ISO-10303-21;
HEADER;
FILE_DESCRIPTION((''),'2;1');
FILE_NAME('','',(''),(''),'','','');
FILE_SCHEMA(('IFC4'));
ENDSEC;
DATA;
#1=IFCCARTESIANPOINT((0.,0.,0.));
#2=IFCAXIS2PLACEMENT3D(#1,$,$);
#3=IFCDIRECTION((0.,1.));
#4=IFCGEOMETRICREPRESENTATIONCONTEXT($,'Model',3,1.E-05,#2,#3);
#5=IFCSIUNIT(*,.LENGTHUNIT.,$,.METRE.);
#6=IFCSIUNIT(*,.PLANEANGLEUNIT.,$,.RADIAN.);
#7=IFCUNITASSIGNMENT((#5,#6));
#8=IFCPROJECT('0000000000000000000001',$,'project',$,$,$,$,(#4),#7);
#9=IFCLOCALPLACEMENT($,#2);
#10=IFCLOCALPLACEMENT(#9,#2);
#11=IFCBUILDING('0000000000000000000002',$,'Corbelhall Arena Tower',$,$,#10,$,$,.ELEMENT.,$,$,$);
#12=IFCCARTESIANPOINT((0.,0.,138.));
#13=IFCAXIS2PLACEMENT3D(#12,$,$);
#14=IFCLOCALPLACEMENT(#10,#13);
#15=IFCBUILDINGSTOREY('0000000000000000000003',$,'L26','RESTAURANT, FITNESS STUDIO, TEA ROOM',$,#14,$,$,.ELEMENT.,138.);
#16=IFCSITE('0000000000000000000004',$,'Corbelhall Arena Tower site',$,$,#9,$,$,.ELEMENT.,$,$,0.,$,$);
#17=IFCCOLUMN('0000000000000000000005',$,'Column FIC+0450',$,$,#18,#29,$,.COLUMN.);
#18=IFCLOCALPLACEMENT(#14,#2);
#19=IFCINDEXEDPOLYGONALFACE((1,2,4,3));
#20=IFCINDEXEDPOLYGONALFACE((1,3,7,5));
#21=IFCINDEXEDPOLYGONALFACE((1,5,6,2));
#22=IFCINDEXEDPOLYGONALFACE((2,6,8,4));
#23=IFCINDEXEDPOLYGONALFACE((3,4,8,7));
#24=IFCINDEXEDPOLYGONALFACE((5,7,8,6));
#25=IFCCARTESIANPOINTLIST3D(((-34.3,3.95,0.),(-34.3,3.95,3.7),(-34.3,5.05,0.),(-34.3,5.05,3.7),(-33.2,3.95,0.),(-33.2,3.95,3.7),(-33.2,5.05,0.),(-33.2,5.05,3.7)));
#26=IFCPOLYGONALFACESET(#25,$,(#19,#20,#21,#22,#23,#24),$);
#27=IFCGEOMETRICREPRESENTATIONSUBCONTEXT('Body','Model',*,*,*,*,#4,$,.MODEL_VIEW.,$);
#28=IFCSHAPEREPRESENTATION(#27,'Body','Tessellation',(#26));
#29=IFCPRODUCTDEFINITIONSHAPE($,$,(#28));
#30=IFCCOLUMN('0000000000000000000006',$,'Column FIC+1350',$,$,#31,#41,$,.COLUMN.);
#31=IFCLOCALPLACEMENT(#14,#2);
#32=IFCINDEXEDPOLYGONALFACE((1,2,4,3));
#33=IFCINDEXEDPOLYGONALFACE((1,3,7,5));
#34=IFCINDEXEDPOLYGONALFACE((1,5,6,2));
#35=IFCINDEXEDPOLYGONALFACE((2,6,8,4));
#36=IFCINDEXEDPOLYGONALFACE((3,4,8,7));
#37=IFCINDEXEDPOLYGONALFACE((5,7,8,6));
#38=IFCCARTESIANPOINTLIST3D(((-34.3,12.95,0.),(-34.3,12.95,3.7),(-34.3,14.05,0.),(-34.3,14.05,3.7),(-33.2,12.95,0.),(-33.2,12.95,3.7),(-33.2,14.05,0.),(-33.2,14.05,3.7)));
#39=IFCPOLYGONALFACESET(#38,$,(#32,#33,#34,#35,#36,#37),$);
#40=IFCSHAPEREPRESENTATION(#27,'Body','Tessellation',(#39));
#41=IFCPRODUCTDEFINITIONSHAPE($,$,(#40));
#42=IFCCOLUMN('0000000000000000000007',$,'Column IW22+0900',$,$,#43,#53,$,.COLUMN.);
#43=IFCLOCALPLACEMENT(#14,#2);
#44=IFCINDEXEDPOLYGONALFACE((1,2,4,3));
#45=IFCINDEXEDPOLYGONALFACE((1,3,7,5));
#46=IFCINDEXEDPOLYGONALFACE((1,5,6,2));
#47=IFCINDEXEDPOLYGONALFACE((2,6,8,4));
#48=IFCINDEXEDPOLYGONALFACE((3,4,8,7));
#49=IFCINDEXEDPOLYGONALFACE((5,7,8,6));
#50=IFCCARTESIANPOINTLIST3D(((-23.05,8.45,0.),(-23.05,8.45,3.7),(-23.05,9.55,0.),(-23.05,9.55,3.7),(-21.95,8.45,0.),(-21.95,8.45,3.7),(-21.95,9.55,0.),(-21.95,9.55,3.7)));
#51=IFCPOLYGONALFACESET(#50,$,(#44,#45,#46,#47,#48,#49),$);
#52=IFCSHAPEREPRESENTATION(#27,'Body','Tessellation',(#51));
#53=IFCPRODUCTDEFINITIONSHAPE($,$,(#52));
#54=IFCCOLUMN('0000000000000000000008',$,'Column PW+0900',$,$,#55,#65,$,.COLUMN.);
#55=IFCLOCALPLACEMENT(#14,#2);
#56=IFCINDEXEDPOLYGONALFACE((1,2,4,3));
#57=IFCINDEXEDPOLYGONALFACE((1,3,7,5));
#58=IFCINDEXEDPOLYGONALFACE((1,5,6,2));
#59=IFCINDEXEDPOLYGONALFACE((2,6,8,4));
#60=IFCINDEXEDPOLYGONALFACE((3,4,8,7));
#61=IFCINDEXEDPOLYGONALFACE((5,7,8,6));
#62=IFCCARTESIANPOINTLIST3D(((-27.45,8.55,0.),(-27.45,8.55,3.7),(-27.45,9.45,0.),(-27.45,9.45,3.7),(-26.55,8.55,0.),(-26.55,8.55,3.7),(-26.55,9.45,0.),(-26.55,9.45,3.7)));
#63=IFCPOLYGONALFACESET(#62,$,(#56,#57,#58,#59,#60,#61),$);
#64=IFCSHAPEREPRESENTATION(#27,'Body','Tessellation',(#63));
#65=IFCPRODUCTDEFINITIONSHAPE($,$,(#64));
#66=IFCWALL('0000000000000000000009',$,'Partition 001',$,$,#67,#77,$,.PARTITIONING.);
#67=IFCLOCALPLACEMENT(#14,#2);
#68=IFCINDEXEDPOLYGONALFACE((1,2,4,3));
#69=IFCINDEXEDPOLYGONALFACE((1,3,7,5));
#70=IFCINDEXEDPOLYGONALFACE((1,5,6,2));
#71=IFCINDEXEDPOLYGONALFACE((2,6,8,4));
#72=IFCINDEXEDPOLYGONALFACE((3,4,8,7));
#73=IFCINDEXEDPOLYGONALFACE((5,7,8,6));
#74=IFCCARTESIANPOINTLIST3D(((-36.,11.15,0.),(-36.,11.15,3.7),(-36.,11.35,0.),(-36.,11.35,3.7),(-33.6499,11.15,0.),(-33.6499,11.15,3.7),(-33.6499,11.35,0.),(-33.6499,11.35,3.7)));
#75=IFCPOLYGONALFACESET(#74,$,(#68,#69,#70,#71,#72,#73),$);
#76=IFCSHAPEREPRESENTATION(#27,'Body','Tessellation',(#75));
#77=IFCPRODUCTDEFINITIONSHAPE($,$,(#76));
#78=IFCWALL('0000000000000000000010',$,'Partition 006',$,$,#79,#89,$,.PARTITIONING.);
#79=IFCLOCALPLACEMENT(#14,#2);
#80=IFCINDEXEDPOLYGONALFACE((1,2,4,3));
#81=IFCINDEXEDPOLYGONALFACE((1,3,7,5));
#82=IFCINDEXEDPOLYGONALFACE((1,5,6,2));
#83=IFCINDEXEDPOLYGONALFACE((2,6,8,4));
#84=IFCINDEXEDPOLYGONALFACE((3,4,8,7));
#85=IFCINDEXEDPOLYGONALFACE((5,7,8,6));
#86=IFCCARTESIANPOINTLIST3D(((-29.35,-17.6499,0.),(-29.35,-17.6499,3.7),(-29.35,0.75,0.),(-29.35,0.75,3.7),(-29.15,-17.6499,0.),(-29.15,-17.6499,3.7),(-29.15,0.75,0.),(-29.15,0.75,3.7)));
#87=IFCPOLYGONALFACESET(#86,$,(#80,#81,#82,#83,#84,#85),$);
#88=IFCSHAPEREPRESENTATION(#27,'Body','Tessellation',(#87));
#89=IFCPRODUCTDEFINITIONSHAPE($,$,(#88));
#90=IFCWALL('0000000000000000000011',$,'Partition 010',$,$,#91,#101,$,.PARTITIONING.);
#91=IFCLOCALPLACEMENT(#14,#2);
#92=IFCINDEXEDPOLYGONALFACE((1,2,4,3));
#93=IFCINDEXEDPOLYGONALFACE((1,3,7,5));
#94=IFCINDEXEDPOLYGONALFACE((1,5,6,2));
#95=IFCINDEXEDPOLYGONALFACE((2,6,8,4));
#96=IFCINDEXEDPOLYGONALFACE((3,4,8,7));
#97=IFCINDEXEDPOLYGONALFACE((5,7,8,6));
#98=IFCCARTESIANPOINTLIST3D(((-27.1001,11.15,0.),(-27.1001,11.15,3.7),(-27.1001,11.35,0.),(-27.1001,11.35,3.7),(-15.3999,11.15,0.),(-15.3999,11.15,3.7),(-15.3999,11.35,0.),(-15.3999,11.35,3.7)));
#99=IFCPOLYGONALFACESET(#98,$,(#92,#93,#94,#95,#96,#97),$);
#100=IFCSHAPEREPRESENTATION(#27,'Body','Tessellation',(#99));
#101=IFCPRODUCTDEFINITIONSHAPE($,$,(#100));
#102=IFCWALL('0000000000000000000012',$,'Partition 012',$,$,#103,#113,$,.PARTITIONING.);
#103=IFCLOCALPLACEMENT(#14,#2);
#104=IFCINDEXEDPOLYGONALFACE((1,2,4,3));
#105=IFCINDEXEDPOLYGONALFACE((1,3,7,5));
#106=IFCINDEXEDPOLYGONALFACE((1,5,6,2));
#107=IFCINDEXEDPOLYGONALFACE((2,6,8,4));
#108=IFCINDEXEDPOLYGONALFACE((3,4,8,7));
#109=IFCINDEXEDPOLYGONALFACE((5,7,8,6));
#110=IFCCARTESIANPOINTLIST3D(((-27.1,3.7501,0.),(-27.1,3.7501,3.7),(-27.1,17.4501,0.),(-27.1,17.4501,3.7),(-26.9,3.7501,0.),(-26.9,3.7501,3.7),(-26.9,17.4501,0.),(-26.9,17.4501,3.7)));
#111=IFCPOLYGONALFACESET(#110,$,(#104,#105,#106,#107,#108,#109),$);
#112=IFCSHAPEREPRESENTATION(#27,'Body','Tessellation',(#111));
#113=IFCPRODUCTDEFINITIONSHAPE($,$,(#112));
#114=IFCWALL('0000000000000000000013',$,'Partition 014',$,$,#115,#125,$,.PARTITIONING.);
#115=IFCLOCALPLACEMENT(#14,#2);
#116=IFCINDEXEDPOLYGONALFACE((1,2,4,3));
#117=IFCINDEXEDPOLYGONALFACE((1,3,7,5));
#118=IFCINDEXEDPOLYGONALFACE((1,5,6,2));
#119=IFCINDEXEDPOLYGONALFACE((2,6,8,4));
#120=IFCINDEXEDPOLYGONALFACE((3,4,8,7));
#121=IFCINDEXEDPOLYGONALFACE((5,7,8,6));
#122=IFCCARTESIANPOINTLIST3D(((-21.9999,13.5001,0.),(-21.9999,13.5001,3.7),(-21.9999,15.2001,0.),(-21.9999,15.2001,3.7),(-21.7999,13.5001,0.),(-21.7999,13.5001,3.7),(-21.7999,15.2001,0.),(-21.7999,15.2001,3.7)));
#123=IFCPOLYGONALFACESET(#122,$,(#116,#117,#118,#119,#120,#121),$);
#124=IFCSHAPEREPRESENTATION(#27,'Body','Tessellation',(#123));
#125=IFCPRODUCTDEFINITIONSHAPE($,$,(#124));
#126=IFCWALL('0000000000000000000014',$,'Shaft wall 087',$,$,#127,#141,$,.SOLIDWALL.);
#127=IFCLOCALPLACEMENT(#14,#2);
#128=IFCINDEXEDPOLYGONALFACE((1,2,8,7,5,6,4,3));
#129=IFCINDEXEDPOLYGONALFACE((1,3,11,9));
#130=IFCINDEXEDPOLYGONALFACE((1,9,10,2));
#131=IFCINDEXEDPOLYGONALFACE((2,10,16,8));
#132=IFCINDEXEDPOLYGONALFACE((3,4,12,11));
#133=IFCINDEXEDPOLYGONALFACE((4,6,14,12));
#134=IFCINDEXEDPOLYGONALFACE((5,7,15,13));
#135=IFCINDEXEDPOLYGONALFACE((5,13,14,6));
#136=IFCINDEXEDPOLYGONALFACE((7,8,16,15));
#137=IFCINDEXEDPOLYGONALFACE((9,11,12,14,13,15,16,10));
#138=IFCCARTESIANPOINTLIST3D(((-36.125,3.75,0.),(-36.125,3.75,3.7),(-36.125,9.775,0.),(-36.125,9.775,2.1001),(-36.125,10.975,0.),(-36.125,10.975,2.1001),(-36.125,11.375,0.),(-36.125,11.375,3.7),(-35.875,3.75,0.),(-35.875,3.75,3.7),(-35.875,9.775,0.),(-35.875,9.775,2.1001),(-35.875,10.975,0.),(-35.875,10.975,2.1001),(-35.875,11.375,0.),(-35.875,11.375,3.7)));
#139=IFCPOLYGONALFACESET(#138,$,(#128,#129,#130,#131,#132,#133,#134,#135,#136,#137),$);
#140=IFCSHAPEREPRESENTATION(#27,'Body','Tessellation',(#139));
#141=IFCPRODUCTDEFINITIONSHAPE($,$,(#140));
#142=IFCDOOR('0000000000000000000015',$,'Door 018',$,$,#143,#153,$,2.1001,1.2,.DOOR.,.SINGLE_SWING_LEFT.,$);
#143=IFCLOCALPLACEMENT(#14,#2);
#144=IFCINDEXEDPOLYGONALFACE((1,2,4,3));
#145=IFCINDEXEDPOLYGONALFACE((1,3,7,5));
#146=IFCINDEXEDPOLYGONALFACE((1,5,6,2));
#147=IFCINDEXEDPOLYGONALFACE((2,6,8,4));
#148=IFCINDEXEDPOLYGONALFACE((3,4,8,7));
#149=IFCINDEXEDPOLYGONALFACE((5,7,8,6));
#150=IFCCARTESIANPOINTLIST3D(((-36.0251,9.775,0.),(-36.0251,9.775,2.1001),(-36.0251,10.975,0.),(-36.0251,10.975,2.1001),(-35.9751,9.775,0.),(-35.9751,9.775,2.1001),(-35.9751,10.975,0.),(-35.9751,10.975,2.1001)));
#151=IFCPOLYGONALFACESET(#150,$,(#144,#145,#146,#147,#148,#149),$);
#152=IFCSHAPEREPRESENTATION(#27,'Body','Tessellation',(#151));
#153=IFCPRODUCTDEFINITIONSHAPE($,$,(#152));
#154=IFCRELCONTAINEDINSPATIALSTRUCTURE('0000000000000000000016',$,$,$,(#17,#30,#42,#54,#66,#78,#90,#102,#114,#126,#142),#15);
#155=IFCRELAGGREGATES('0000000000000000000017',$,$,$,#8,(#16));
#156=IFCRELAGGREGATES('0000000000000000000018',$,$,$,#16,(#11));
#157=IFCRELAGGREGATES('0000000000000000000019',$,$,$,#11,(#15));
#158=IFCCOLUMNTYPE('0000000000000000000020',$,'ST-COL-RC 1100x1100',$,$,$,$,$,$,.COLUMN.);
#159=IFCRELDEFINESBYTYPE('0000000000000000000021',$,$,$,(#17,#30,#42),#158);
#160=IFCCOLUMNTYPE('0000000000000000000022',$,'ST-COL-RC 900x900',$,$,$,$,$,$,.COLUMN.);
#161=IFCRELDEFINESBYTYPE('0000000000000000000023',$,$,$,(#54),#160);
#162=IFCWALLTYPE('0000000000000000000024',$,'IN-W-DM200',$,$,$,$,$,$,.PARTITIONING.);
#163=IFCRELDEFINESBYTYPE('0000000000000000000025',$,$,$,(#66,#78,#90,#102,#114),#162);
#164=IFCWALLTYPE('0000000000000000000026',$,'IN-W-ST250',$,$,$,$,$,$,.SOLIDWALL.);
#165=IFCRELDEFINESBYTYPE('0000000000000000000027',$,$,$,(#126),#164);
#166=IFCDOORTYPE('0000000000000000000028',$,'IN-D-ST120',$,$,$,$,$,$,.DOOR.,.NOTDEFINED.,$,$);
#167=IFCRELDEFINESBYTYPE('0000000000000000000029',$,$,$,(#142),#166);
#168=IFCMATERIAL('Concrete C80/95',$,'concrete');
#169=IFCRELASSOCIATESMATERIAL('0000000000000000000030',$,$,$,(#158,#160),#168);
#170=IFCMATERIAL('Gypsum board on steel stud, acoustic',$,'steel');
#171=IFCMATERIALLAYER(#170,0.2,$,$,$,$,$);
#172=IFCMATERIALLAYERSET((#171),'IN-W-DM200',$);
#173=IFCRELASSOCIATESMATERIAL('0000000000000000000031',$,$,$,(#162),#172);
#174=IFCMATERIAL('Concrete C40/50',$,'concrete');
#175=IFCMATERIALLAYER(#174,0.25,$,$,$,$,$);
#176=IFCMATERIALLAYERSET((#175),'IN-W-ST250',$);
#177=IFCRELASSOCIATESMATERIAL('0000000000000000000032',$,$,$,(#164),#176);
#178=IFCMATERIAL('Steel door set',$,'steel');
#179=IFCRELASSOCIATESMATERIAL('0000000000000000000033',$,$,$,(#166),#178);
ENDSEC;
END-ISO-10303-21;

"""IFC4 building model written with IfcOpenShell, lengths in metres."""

from ifc_helpers import new_model, si_unit, direction, frame, frame_2d, origin, origin_2d, place, context, subcontext, project, spatial, rectangle, extrude, material, layer, layer_set, material_profile, profile_set, type_object, element, fill, save


model = new_model("IFC4")

# Units and contexts
model_context = context("Model", 3, precision=1e-05, world=origin(), true_north=direction((0.0, 1.0)))
body_context = subcontext(model_context, "Body", "Model", "MODEL_VIEW")
ifc_project = project(units=[si_unit("LENGTHUNIT", "METRE"), si_unit("PLANEANGLEUNIT", "RADIAN")], contexts=[model_context])

# Site, building, storey
site_placement = place(None, origin())
site = spatial("IfcSite", under=ifc_project, at=site_placement, Name="Corbelhall Arena Tower site", CompositionType="ELEMENT", RefElevation=0.0)
building_placement = place(site_placement, origin())
building = spatial("IfcBuilding", under=site, at=building_placement, Name="Corbelhall Arena Tower", CompositionType="ELEMENT")
storey_placement = place(building_placement, frame((0.0, 0.0, 138.0)))
storey = spatial("IfcBuildingStorey", under=building, at=storey_placement, Name="L26", Description="RESTAURANT, FITNESS STUDIO, TEA ROOM", CompositionType="ELEMENT", Elevation=138.0)

# Columns
ifc_material_1 = material(Name="Concrete C80/95", Category="concrete")
ifc_material_profile_1 = material_profile(ifc_material_1, rectangle(XDim=1.1001, YDim=1.1001, at=origin_2d()))
ifc_profile_set_1 = profile_set([ifc_material_profile_1], Name="Concrete C80/95")
column_type_1 = type_object("IfcColumnType", Name="ST-COL-RC 1100x1100", PredefinedType="COLUMN", material=ifc_profile_set_1)
for number, where, z_axis, x_axis, name in (
    (1, (-33.75, 4.5, 0.0), (0.0, 0.0, 1.0), (1.0, 0.0, 0.0), "Column FIC+0450"),
    (2, (-33.75, 13.5, 0.0), (0.0, 0.0, 1.0), (1.0, 0.0, 0.0), "Column FIC+1350"),
    (3, (-22.5, 9.0, 0.0), (0.0, 0.0, 1.0), (1.0, 0.0, 0.0), "Column IW22+0900"),
):
    element("IfcColumn", number, at=place(storey_placement, frame(where, z_axis=z_axis, x_axis=x_axis)), inside=storey, type_object=column_type_1, Name=name, PredefinedType="COLUMN", context=body_context, shape_type="SweptSolid", body=[
        extrude(rectangle(XDim=1.1001, YDim=1.1001, at=origin_2d()), origin(), (0.0, 0.0, 1.0), 3.7),
    ])
ifc_material_profile_2 = material_profile(ifc_material_1, rectangle(XDim=0.8999, YDim=0.8999, at=origin_2d()))
ifc_profile_set_2 = profile_set([ifc_material_profile_2], Name="Concrete C80/95")
column_type_2 = type_object("IfcColumnType", Name="ST-COL-RC 900x900", PredefinedType="COLUMN", material=ifc_profile_set_2)
column_placement = place(storey_placement, frame((-27.0, 9.0, 0.0), z_axis=(0.0, 0.0, 1.0), x_axis=(1.0, 0.0, 0.0)))
element("IfcColumn", 4, at=column_placement, inside=storey, type_object=column_type_2, Name="Column PW+0900", PredefinedType="COLUMN", context=body_context, shape_type="SweptSolid", body=[
    extrude(rectangle(XDim=0.8999, YDim=0.8999, at=origin_2d()), origin(), (0.0, 0.0, 1.0), 3.7),
])

# Wall
ifc_material_2 = material(Name="Gypsum board on steel stud, acoustic", Category="steel")
ifc_layer_1 = layer(ifc_material_2, 0.2)
ifc_layer_set_1 = layer_set([ifc_layer_1], Name="IN-W-DM200")
wall_type_1 = type_object("IfcWallType", Name="IN-W-DM200", PredefinedType="PARTITIONING", material=ifc_layer_set_1)
wall_1_placement = place(storey_placement, frame((-36.0, 11.25, 0.0), z_axis=(0.0, 0.0, 1.0), x_axis=(1.0, 0.0, 0.0)))
element("IfcWall", 5, at=wall_1_placement, inside=storey, type_object=wall_type_1, Name="Partition 001", PredefinedType="PARTITIONING", context=body_context, shape_type="SweptSolid", body=[
    extrude(rectangle(XDim=2.3501, YDim=0.2, at=frame_2d((1.175, 0.0))), origin(), (0.0, 0.0, 1.0), 3.7),
])

# Shared definitions
ifc_material_3 = material(Name="Steel door set", Category="steel")

# Walls
wall_2_placement = place(storey_placement, frame((-29.25, 0.75, 0.0), z_axis=(0.0, 0.0, 1.0), x_axis=(0.0, -1.0, 0.0)))
element("IfcWall", 6, at=wall_2_placement, inside=storey, type_object=wall_type_1, Name="Partition 006", PredefinedType="PARTITIONING", context=body_context, shape_type="SweptSolid", body=[
    extrude(rectangle(XDim=18.3999, YDim=0.2, at=frame_2d((9.2, 0.0))), origin(), (0.0, 0.0, 1.0), 3.7),
])
wall_3_placement = place(storey_placement, frame((-27.1001, 11.25, 0.0), z_axis=(0.0, 0.0, 1.0), x_axis=(1.0, 0.0, 0.0)))
element("IfcWall", 7, at=wall_3_placement, inside=storey, type_object=wall_type_1, Name="Partition 010", PredefinedType="PARTITIONING", context=body_context, shape_type="SweptSolid", body=[
    extrude(rectangle(XDim=11.7002, YDim=0.2, at=frame_2d((5.8501, 0.0))), origin(), (0.0, 0.0, 1.0), 3.7),
])
wall_4_placement = place(storey_placement, frame((-27.0, 3.75, 0.0), z_axis=(0.0, 0.0, 1.0), x_axis=(0.0, 1.0, 0.0)))
element("IfcWall", 8, at=wall_4_placement, inside=storey, type_object=wall_type_1, Name="Partition 012", PredefinedType="PARTITIONING", context=body_context, shape_type="SweptSolid", body=[
    extrude(rectangle(XDim=13.7, YDim=0.2, at=frame_2d((6.8501, 0.0))), origin(), (0.0, 0.0, 1.0), 3.7),
])
wall_5_placement = place(storey_placement, frame((-21.8999, 13.5, 0.0), z_axis=(0.0, 0.0, 1.0), x_axis=(0.0, 1.0, 0.0)))
element("IfcWall", 9, at=wall_5_placement, inside=storey, type_object=wall_type_1, Name="Partition 014", PredefinedType="PARTITIONING", context=body_context, shape_type="SweptSolid", body=[
    extrude(rectangle(XDim=1.7, YDim=0.2, at=frame_2d((0.8501, 0.0))), origin(), (0.0, 0.0, 1.0), 3.7),
])

# Wall, opening, door
ifc_material_4 = material(Name="Concrete C40/50", Category="concrete")
ifc_layer_2 = layer(ifc_material_4, 0.25)
ifc_layer_set_2 = layer_set([ifc_layer_2], Name="IN-W-ST250")
wall_type_2 = type_object("IfcWallType", Name="IN-W-ST250", PredefinedType="SOLIDWALL", material=ifc_layer_set_2)
wall_6_placement = place(storey_placement, frame((-36.0, 11.375, 0.0), z_axis=(0.0, 0.0, 1.0), x_axis=(0.0, -1.0, 0.0)))
wall_6 = element("IfcWall", 10, at=wall_6_placement, inside=storey, type_object=wall_type_2, Name="Shaft wall 087", PredefinedType="SOLIDWALL", context=body_context, shape_type="SweptSolid", body=[
    extrude(rectangle(XDim=7.625, YDim=0.25, at=frame_2d((3.8125, 0.0))), origin(), (0.0, 0.0, 1.0), 3.7),
])
opening_1_placement = place(wall_6_placement, frame((0.3999, 0.0, 0.0)))
opening_1 = element("IfcOpeningElement", 11, at=opening_1_placement, cuts=wall_6, PredefinedType="OPENING", context=body_context, shape_type="SweptSolid", body=[
    extrude(rectangle(XDim=1.2, YDim=2.1001, at=frame_2d((0.6001, 1.05))), frame((0.0, 0.125, 0.0), z_axis=(0.0, -1.0, 0.0), x_axis=(1.0, 0.0, 0.0)), (0.0, 0.0, 1.0), 0.25),
])
door_type_1 = type_object("IfcDoorType", Name="IN-D-ST120", OperationType="NOTDEFINED", PredefinedType="DOOR", material=ifc_material_3)
door_1_placement = place(opening_1_placement, origin())
door_1 = element("IfcDoor", 12, at=door_1_placement, inside=storey, type_object=door_type_1, Name="Door 018", OperationType="SINGLE_SWING_LEFT", OverallHeight=2.1001, OverallWidth=1.2, PredefinedType="DOOR", context=body_context, shape_type="SweptSolid", body=[
    extrude(rectangle(XDim=1.2, YDim=2.1001, at=frame_2d((0.6001, 1.05))), frame((0.0, 0.0249, 0.0), z_axis=(0.0, -1.0, 0.0), x_axis=(1.0, 0.0, 0.0)), (0.0, 0.0, 1.0), 0.05),
])
fill(opening_1, door_1)

save(model, "model.ifc")
